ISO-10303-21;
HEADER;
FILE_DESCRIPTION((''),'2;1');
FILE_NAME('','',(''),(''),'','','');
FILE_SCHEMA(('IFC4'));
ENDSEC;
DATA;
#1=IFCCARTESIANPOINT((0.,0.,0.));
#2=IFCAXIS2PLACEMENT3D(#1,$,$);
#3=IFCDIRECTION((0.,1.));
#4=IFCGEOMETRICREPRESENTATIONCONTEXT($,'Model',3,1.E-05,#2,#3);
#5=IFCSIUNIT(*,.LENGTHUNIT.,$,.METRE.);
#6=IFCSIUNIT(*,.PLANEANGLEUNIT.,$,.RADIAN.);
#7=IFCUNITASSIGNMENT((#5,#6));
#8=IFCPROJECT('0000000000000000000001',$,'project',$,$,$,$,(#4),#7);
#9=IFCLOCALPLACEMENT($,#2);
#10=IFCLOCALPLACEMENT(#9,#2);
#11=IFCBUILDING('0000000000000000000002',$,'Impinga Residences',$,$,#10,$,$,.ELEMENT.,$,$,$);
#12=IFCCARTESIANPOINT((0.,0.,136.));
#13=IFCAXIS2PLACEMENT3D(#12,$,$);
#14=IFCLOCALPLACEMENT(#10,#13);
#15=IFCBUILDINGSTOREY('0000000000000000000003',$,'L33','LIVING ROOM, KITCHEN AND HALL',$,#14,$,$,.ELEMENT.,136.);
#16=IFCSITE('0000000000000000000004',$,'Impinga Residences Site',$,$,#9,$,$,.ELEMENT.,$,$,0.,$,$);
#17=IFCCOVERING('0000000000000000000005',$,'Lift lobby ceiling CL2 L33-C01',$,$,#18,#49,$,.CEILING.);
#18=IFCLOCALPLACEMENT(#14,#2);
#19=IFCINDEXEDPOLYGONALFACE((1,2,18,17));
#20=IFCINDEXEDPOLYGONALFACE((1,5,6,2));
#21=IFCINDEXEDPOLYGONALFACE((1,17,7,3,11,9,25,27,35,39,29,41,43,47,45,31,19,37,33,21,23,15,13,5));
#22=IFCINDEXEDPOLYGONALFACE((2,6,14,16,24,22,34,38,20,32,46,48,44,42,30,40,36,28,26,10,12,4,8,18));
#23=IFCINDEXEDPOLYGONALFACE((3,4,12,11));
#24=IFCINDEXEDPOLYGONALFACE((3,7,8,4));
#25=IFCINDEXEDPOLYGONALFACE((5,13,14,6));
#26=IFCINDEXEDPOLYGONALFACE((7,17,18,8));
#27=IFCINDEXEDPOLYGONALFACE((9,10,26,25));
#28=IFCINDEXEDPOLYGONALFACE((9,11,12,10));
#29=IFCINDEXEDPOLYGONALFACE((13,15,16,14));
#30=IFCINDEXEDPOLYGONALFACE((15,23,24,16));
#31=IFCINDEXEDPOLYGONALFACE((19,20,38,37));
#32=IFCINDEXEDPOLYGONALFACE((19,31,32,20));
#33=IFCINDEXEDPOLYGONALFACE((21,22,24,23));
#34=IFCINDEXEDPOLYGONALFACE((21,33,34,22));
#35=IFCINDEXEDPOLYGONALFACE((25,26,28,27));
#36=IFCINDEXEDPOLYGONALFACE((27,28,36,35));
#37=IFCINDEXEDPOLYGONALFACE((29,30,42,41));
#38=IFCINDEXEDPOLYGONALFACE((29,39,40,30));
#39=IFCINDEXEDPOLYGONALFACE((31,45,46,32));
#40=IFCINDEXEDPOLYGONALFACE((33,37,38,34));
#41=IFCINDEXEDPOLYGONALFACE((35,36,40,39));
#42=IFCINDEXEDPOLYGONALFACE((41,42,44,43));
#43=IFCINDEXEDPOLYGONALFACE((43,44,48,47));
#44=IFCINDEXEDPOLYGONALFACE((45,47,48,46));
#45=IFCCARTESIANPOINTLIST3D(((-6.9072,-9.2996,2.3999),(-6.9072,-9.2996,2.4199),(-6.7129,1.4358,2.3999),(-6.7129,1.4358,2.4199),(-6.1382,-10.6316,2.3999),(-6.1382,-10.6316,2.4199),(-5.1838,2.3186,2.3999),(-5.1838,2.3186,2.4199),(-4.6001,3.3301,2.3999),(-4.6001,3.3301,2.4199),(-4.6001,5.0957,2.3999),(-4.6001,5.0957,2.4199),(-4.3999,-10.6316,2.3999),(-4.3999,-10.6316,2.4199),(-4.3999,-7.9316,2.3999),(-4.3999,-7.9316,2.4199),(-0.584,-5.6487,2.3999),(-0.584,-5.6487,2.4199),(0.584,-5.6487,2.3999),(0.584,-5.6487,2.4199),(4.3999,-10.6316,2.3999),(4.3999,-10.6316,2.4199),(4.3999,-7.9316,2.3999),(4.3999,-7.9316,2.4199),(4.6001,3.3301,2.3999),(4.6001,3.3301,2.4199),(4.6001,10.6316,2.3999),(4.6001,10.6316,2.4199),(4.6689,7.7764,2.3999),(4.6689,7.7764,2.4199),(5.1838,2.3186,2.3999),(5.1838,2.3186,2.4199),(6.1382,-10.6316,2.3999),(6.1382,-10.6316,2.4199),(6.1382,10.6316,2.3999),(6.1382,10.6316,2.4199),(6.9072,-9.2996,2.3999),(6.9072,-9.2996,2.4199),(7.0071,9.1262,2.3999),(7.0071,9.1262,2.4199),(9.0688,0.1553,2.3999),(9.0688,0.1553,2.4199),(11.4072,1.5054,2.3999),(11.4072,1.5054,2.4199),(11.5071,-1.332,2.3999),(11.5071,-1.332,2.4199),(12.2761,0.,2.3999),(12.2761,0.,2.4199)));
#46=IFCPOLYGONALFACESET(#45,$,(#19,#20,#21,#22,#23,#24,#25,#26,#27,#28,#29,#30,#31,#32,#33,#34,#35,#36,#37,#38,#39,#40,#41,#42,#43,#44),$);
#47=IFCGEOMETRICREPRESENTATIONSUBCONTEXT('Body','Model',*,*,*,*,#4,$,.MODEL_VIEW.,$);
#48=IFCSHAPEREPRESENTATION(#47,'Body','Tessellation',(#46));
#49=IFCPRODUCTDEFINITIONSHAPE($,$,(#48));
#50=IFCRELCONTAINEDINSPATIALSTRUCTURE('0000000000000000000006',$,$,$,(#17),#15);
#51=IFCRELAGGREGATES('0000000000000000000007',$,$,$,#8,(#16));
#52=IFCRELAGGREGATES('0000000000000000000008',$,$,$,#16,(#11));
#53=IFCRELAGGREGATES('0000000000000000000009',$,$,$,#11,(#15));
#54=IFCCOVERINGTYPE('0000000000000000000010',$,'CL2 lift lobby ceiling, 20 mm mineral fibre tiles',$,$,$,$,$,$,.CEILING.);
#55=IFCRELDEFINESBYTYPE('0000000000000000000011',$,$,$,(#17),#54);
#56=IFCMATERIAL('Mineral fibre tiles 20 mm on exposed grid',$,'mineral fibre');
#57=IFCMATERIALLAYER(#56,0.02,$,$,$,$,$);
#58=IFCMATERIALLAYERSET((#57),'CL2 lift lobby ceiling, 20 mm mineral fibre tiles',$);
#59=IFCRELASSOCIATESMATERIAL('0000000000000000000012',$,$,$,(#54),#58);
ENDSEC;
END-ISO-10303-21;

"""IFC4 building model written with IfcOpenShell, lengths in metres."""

from ifc_helpers import new_model, si_unit, direction, frame, origin, place, context, subcontext, project, spatial, polyline, outline, extrude, material, layer, layer_set, type_object, element, save


model = new_model("IFC4")

# Units and contexts
model_context = context("Model", 3, precision=1e-05, world=origin(), true_north=direction((0.0, 1.0)))
body_context = subcontext(model_context, "Body", "Model", "MODEL_VIEW")
ifc_project = project(units=[si_unit("LENGTHUNIT", "METRE"), si_unit("PLANEANGLEUNIT", "RADIAN")], contexts=[model_context])

# Site, building, storey
site_placement = place(None, origin())
site = spatial("IfcSite", under=ifc_project, at=site_placement, Name="Impinga Residences Site", CompositionType="ELEMENT", RefElevation=0.0)
building_placement = place(site_placement, origin())
building = spatial("IfcBuilding", under=site, at=building_placement, Name="Impinga Residences", CompositionType="ELEMENT")
storey_placement = place(building_placement, frame((0.0, 0.0, 136.0)))
storey = spatial("IfcBuildingStorey", under=building, at=storey_placement, Name="L33", Description="LIVING ROOM, KITCHEN AND HALL", CompositionType="ELEMENT", Elevation=136.0)

# Covering
ifc_material_1 = material(Name="Mineral fibre tiles 20 mm on exposed grid", Category="mineral fibre")
ifc_layer_1 = layer(ifc_material_1, 0.02)
ifc_layer_set_1 = layer_set([ifc_layer_1], Name="CL2 lift lobby ceiling, 20 mm mineral fibre tiles")
covering_type_1 = type_object("IfcCoveringType", Name="CL2 lift lobby ceiling, 20 mm mineral fibre tiles", PredefinedType="CEILING", material=ifc_layer_set_1)
covering_1_placement = place(storey_placement, frame((0.0, 0.0, 2.3999)))
element("IfcCovering", 1, at=covering_1_placement, inside=storey, type_object=covering_type_1, Name="Lift lobby ceiling CL2 L33-C01", PredefinedType="CEILING", context=body_context, shape_type="SweptSolid", body=[
    extrude(outline(polyline([(5.1838, 2.3186), (0.584, -5.6487), (6.9072, -9.2996), (6.1382, -10.6316), (4.3999, -10.6316), (4.3999, -7.9316), (-4.3999, -7.9316), (-4.3999, -10.6316), (-6.1382, -10.6316), (-6.9072, -9.2996), (-0.584, -5.6487), (-5.1838, 2.3186), (-6.7129, 1.4358), (-4.6001, 5.0957), (-4.6001, 3.3301), (4.6001, 3.3301), (4.6001, 10.6316), (6.1382, 10.6316), (7.0071, 9.1262), (4.6689, 7.7764), (9.0688, 0.1553), (11.4072, 1.5054), (12.2761, 0.0), (11.5071, -1.332), (5.1838, 2.3186)])), origin(), (0.0, 0.0, 1.0), 0.02),
])

save(model, "model.ifc")
